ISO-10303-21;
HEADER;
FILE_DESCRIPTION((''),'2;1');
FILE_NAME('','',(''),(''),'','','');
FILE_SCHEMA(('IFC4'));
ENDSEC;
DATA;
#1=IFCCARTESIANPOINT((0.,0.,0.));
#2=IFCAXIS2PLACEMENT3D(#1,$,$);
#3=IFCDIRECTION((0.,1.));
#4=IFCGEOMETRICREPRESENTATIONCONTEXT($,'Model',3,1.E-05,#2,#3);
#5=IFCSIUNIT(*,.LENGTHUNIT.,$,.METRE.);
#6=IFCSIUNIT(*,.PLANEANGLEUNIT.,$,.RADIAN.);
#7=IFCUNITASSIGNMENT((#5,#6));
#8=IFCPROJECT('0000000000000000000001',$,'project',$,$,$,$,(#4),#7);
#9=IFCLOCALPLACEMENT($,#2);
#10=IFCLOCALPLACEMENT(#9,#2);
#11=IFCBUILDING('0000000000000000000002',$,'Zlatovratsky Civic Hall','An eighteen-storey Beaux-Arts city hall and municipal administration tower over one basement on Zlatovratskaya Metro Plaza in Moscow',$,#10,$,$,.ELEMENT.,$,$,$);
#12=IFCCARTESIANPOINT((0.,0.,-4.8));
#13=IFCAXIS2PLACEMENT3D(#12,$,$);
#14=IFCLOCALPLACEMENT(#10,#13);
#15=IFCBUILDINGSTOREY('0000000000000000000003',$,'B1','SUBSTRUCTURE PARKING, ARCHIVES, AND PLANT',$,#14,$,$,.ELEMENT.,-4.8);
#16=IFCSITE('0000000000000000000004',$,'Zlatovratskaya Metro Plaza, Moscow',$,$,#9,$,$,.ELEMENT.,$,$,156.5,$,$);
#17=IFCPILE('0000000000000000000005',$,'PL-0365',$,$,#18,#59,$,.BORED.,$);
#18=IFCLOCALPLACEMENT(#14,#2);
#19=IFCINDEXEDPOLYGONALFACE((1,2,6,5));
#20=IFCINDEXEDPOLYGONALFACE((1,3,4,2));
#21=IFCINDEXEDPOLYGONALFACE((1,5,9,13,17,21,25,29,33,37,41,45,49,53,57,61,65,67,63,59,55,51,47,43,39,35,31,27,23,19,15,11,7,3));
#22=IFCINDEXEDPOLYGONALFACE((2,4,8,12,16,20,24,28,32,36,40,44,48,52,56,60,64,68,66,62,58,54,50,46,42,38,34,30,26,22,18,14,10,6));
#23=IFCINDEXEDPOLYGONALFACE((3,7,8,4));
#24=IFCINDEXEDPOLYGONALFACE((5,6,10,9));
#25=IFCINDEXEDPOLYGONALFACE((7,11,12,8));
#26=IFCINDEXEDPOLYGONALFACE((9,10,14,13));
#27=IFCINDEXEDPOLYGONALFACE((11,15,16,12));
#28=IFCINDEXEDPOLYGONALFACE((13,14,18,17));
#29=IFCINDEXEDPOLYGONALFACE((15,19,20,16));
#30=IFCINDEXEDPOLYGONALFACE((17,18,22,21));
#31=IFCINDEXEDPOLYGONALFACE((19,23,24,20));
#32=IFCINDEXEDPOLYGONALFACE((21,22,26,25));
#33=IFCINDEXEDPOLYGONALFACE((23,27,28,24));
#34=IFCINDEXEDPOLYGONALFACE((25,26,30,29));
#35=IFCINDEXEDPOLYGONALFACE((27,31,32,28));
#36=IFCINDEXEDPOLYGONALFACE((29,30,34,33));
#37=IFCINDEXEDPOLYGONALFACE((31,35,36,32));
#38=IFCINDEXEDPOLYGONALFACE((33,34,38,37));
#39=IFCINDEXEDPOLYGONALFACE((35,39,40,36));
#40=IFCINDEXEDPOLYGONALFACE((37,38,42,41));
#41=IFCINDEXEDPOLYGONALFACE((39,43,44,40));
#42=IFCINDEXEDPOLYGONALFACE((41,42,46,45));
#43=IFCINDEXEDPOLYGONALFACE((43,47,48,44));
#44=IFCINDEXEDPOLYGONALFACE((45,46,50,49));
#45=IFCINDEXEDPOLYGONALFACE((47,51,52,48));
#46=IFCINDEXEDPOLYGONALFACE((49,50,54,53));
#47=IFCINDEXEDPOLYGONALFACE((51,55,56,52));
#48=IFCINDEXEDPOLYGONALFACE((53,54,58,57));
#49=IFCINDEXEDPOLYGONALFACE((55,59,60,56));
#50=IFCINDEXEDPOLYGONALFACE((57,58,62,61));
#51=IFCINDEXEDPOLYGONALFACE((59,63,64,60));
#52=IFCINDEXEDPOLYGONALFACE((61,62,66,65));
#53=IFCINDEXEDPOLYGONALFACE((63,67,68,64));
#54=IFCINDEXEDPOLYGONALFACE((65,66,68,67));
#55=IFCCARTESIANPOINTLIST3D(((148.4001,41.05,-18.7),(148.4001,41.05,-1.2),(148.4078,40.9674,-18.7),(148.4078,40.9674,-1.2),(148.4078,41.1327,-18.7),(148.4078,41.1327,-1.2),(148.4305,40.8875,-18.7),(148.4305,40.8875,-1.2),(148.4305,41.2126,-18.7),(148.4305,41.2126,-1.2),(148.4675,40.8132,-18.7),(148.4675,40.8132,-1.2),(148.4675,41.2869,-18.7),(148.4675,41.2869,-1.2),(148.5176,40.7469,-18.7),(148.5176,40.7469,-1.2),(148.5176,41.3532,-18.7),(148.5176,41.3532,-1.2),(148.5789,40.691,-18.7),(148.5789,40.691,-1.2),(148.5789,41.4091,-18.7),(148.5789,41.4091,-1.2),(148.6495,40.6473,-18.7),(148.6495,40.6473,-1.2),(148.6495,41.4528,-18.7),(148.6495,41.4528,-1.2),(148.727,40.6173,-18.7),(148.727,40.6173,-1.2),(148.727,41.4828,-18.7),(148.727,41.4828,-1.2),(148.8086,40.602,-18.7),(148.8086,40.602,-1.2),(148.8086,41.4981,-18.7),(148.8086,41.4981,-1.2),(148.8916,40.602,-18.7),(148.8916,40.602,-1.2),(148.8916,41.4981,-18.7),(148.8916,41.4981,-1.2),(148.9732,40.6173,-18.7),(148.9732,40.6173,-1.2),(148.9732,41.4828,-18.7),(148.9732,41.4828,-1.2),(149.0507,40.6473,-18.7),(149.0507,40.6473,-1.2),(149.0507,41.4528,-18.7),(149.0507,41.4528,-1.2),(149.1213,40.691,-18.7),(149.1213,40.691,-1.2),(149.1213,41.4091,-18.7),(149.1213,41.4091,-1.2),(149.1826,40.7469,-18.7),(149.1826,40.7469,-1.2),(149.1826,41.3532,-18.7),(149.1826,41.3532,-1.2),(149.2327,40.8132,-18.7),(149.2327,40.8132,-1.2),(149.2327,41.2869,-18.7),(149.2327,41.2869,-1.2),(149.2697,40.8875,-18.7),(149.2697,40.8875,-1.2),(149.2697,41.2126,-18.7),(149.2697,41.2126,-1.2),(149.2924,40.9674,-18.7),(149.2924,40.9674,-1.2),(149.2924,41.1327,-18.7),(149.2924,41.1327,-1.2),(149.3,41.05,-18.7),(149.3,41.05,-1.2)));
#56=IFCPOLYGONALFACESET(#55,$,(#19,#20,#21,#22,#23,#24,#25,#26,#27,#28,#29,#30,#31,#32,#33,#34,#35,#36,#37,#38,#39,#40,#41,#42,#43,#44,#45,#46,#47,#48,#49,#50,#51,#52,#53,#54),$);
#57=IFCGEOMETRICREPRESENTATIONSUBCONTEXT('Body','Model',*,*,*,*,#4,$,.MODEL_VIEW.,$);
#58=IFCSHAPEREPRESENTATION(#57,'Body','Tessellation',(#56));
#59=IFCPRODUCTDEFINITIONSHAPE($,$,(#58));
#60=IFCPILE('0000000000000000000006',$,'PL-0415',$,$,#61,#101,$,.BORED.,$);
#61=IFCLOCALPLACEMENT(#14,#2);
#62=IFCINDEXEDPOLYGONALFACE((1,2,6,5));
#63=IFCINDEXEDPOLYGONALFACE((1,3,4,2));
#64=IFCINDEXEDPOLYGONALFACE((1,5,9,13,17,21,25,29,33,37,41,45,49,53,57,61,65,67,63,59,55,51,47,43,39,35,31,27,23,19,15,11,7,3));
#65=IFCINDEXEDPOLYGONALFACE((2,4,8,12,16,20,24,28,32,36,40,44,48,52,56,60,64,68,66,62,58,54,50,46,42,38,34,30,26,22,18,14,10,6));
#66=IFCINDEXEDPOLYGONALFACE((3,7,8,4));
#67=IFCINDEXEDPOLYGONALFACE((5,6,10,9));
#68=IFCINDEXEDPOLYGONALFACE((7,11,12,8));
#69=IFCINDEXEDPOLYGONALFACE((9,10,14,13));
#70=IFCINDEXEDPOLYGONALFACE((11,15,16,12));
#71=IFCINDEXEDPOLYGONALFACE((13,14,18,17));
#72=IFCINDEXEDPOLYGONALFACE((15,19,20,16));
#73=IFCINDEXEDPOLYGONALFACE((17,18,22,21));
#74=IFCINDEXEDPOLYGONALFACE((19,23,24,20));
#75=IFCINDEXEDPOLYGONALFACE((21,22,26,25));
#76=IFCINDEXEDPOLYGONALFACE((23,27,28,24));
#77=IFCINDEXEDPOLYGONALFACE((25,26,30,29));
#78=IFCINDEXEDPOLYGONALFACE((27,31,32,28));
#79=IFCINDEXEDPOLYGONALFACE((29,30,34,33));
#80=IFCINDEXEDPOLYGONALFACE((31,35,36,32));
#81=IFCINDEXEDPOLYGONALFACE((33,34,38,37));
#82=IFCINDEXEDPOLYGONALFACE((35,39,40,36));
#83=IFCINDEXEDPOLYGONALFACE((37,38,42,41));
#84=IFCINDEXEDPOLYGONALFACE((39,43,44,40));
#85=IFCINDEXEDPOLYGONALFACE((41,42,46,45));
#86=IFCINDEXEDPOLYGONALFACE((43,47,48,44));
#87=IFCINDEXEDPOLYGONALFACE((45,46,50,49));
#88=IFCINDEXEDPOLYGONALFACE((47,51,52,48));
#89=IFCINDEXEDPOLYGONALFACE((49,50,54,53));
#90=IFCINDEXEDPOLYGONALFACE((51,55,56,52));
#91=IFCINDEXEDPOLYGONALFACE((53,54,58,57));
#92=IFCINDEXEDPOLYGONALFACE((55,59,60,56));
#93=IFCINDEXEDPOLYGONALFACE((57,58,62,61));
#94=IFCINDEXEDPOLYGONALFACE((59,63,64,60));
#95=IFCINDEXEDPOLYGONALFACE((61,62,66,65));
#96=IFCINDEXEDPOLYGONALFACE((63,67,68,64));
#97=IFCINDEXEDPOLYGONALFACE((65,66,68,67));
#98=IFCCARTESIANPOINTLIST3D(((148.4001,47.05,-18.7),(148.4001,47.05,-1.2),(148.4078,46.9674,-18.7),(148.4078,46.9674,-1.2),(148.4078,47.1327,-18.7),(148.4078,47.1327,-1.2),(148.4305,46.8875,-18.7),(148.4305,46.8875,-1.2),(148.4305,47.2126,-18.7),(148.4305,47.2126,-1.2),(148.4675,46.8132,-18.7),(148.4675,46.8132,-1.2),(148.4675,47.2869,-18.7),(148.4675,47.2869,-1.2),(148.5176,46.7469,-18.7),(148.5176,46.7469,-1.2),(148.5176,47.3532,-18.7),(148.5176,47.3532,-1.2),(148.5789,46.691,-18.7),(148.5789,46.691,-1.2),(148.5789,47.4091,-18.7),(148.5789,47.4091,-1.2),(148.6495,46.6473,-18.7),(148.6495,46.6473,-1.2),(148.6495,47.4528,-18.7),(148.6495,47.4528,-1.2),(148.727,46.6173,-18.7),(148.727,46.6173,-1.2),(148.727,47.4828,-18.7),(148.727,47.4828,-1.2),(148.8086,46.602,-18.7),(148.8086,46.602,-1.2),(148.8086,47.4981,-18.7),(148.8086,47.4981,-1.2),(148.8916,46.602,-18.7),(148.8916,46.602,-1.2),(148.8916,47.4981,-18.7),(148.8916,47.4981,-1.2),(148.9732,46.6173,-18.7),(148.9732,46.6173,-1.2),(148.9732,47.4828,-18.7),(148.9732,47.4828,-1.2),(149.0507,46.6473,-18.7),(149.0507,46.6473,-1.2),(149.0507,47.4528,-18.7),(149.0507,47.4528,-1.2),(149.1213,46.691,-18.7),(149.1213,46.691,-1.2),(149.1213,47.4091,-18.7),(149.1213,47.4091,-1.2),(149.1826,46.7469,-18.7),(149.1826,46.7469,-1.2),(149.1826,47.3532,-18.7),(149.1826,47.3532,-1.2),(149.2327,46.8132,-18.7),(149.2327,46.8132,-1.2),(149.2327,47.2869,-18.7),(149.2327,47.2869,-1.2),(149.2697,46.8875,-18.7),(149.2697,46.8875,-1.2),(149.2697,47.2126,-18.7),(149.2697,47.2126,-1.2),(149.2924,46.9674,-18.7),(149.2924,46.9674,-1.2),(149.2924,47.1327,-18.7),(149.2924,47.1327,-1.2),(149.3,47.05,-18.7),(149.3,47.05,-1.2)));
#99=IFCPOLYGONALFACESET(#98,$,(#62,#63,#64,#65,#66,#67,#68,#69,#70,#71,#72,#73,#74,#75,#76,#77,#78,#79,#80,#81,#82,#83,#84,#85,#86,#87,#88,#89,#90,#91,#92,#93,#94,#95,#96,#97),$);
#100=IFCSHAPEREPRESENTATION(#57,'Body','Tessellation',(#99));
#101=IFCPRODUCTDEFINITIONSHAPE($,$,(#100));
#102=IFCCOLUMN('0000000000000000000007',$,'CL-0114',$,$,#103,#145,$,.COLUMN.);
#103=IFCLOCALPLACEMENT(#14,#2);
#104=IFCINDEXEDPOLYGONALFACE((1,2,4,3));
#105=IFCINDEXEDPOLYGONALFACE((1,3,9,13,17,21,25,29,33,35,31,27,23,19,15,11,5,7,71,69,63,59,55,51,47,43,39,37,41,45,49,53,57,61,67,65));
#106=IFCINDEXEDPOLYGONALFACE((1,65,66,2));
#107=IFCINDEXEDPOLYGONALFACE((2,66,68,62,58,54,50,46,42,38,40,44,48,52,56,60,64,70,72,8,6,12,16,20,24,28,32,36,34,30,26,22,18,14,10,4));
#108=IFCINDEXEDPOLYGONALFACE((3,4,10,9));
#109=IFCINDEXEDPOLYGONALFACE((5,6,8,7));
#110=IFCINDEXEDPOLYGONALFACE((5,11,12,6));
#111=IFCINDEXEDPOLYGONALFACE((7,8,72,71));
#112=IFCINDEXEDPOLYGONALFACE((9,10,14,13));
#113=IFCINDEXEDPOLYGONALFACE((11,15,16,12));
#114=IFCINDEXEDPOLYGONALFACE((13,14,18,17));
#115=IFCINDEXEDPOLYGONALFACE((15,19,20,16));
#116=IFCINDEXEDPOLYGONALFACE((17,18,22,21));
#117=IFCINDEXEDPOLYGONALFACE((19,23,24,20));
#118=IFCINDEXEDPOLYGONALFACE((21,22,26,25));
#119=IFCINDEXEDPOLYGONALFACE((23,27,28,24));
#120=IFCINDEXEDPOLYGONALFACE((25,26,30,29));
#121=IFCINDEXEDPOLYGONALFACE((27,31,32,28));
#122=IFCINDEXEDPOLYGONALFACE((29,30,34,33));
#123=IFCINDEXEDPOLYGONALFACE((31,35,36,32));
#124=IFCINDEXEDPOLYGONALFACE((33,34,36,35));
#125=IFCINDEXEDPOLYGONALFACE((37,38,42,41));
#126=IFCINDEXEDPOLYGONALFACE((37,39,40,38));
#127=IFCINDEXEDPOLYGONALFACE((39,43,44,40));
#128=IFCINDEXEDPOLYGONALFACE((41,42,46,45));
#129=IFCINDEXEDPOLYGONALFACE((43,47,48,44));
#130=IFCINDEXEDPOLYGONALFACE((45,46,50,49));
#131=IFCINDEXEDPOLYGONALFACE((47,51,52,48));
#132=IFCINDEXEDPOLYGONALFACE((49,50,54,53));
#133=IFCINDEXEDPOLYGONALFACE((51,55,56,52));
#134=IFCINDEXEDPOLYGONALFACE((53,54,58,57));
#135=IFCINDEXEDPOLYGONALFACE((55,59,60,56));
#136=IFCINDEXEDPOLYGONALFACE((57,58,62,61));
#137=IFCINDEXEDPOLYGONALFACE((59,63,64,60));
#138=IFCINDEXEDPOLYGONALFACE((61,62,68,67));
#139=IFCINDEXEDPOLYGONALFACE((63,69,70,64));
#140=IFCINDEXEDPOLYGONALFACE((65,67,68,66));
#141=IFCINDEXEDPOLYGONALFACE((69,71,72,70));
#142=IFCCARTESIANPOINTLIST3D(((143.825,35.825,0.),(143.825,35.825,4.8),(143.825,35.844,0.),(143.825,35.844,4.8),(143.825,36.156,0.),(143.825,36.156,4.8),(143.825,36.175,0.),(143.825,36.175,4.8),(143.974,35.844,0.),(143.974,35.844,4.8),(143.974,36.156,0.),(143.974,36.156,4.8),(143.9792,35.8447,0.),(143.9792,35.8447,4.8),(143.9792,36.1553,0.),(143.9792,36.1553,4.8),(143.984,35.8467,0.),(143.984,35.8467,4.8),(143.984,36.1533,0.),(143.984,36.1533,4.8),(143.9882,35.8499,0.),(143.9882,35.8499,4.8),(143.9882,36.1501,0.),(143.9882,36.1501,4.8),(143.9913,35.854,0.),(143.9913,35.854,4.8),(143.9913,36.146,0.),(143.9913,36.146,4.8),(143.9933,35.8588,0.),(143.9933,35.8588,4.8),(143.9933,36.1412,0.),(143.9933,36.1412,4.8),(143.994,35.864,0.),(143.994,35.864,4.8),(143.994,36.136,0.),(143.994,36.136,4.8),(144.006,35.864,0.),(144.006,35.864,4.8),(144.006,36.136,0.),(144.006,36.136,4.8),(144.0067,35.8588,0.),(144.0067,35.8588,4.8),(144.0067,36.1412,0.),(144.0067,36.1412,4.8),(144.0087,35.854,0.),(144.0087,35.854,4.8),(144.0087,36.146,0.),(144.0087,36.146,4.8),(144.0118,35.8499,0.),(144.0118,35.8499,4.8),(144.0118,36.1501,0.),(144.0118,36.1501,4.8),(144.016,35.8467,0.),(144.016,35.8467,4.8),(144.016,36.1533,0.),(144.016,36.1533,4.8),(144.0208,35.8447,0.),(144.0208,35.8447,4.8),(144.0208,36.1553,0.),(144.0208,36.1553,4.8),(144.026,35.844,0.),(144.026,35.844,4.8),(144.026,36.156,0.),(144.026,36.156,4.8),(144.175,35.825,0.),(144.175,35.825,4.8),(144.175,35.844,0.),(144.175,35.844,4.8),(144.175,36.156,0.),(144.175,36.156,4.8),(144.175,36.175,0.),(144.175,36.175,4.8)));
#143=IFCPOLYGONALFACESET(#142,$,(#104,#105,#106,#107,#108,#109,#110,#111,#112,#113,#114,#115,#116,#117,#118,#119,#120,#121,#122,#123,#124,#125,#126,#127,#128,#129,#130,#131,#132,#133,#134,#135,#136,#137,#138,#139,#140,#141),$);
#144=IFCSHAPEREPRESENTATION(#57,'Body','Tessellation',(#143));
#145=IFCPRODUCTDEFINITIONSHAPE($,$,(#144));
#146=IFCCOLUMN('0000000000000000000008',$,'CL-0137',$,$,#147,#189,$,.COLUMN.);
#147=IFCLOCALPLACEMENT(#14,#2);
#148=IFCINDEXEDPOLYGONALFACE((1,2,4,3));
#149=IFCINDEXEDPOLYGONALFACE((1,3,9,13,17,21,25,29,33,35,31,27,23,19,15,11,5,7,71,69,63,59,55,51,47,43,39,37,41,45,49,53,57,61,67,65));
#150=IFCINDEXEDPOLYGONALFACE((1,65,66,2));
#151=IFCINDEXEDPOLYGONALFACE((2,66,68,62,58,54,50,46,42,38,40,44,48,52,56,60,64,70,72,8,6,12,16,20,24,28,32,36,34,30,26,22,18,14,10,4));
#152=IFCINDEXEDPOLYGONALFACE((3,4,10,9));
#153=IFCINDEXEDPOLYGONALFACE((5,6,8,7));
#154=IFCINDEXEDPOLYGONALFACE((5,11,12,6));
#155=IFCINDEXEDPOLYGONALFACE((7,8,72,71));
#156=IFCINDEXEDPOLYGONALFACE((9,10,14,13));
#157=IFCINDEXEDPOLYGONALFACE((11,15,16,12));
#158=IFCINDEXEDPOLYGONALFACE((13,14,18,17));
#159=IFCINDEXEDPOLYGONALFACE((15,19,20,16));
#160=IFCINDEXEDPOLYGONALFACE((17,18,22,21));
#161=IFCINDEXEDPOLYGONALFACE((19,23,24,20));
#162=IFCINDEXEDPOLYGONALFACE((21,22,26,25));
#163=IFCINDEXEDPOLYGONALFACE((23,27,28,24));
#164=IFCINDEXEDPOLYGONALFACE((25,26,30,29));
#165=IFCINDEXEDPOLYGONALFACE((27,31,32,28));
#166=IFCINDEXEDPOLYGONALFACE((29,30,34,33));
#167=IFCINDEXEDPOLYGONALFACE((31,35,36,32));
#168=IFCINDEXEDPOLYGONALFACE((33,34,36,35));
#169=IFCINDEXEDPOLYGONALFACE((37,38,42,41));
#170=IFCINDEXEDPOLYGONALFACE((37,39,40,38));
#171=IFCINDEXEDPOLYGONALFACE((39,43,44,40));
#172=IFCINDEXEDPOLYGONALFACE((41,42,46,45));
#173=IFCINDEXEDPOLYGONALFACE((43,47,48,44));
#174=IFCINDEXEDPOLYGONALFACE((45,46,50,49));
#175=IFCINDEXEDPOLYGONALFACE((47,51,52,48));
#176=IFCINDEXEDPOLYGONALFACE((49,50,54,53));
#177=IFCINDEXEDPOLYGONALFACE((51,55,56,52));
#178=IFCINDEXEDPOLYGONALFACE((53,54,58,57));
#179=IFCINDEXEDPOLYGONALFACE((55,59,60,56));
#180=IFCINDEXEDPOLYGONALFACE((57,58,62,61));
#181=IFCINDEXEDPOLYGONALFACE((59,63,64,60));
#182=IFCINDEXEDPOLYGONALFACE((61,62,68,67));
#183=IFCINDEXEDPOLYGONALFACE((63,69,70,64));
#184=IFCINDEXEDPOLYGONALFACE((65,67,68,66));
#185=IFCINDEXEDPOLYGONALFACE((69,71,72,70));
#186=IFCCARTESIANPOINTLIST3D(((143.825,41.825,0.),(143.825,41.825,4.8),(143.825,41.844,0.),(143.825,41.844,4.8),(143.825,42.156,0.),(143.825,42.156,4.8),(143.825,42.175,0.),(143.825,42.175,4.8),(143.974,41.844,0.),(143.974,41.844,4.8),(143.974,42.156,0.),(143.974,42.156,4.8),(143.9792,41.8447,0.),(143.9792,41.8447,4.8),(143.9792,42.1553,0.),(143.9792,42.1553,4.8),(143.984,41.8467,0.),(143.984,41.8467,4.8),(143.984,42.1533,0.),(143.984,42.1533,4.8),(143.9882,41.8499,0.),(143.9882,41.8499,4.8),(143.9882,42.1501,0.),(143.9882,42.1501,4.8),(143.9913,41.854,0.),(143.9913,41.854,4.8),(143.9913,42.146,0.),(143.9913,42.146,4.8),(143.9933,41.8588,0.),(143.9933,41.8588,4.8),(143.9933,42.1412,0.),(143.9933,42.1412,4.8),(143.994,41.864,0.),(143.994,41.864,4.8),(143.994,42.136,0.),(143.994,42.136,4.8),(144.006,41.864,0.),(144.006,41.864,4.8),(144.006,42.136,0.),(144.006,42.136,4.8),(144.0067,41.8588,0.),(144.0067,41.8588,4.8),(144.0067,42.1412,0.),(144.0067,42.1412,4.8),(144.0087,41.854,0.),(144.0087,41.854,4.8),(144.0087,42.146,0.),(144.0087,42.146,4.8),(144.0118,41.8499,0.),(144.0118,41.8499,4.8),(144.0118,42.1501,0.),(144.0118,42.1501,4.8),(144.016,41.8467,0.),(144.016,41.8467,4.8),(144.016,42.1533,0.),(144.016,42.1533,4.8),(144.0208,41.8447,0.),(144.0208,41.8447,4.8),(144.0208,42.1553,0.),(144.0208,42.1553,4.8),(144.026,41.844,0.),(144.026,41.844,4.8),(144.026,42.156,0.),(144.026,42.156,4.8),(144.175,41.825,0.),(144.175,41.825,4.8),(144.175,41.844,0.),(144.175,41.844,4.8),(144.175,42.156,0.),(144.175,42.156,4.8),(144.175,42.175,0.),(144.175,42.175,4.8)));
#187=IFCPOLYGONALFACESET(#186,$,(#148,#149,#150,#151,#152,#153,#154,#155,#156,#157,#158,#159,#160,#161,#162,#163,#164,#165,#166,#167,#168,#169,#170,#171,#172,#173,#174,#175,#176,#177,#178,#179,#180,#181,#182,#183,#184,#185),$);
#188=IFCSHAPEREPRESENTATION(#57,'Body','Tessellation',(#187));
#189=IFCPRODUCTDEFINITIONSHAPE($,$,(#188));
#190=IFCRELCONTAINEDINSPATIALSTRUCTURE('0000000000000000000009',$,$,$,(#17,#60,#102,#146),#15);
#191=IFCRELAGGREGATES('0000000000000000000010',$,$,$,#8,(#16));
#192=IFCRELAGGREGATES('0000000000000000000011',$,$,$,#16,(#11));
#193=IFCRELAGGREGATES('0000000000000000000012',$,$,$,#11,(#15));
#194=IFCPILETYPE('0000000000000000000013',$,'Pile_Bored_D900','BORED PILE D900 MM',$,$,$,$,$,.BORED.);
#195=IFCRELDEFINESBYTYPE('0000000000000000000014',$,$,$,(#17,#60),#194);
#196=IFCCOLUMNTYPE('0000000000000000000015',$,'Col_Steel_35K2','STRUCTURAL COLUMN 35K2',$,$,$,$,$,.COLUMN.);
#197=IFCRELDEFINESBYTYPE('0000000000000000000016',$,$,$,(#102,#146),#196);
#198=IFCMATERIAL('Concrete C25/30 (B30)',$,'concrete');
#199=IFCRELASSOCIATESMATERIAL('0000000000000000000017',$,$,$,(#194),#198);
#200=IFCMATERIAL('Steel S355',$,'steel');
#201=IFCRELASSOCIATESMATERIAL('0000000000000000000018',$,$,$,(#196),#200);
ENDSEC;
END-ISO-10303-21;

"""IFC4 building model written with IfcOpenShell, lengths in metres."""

from ifc_helpers import new_model, si_unit, direction, frame, origin, origin_2d, place, context, subcontext, project, spatial, circle, i_section, extrude, material, material_profile, profile_set, type_object, element, save


model = new_model("IFC4")

# Units and contexts
model_context = context("Model", 3, precision=1e-05, world=origin(), true_north=direction((0.0, 1.0)))
body_context = subcontext(model_context, "Body", "Model", "MODEL_VIEW")
ifc_project = project(units=[si_unit("LENGTHUNIT", "METRE"), si_unit("PLANEANGLEUNIT", "RADIAN")], contexts=[model_context])

# Site, building, storey
site_placement = place(None, origin())
site = spatial("IfcSite", under=ifc_project, at=site_placement, Name="Zlatovratskaya Metro Plaza, Moscow", CompositionType="ELEMENT", RefElevation=156.5)
building_placement = place(site_placement, origin())
building = spatial("IfcBuilding", under=site, at=building_placement, Name="Zlatovratsky Civic Hall", Description="An eighteen-storey Beaux-Arts city hall and municipal administration tower over one basement on Zlatovratskaya Metro Plaza in Moscow", CompositionType="ELEMENT")
storey_placement = place(building_placement, frame((0.0, 0.0, -4.8)))
storey = spatial("IfcBuildingStorey", under=building, at=storey_placement, Name="B1", Description="SUBSTRUCTURE PARKING, ARCHIVES, AND PLANT", CompositionType="ELEMENT", Elevation=-4.8)

# Shared definitions
ifc_material_1 = material(Name="Concrete C25/30 (B30)", Category="concrete")

# Piles
ifc_material_profile_1 = material_profile(ifc_material_1, circle(Radius=0.45, at=origin_2d()), Name="PILE D900")
ifc_profile_set_1 = profile_set([ifc_material_profile_1], Name="Concrete C25/30 (B30)")
pile_type_1 = type_object("IfcPileType", Name="Pile_Bored_D900", Description="BORED PILE D900 MM", PredefinedType="BORED", material=ifc_profile_set_1)
for number, where, z_axis, x_axis, name in (
    (1, (148.8501, 41.05, -1.2), (0.0, 0.0, -1.0), (1.0, 0.0, 0.0), "PL-0365"),
    (2, (148.8501, 47.05, -1.2), (0.0, 0.0, -1.0), (1.0, 0.0, 0.0), "PL-0415"),
):
    element("IfcPile", number, at=place(storey_placement, frame(where, z_axis=z_axis, x_axis=x_axis)), inside=storey, type_object=pile_type_1, Name=name, PredefinedType="BORED", context=body_context, shape_type="SweptSolid", body=[
        extrude(circle(Radius=0.45, at=origin_2d()), origin(), (0.0, 0.0, 1.0), 17.5),
    ])

# Columns
ifc_material_2 = material(Name="Steel S355", Category="steel")
ifc_material_profile_2 = material_profile(ifc_material_2, i_section(OverallWidth=0.3501, OverallDepth=0.3501, WebThickness=0.012, FlangeThickness=0.019, FilletRadius=0.02, at=origin_2d()), Name="35K2")
ifc_profile_set_2 = profile_set([ifc_material_profile_2], Name="Steel S355")
column_type = type_object("IfcColumnType", Name="Col_Steel_35K2", Description="STRUCTURAL COLUMN 35K2", PredefinedType="COLUMN", material=ifc_profile_set_2)
for number, where, z_axis, x_axis, name in (
    (3, (144.0, 36.0, 0.0), (0.0, 0.0, 1.0), (1.0, 0.0, 0.0), "CL-0114"),
    (4, (144.0, 42.0, 0.0), (0.0, 0.0, 1.0), (1.0, 0.0, 0.0), "CL-0137"),
):
    element("IfcColumn", number, at=place(storey_placement, frame(where, z_axis=z_axis, x_axis=x_axis)), inside=storey, type_object=column_type, Name=name, PredefinedType="COLUMN", context=body_context, shape_type="SweptSolid", body=[
        extrude(i_section(OverallWidth=0.3501, OverallDepth=0.3501, WebThickness=0.012, FlangeThickness=0.019, FilletRadius=0.02, at=origin_2d()), origin(), (0.0, 0.0, 1.0), 4.8),
    ])

save(model, "model.ifc")
